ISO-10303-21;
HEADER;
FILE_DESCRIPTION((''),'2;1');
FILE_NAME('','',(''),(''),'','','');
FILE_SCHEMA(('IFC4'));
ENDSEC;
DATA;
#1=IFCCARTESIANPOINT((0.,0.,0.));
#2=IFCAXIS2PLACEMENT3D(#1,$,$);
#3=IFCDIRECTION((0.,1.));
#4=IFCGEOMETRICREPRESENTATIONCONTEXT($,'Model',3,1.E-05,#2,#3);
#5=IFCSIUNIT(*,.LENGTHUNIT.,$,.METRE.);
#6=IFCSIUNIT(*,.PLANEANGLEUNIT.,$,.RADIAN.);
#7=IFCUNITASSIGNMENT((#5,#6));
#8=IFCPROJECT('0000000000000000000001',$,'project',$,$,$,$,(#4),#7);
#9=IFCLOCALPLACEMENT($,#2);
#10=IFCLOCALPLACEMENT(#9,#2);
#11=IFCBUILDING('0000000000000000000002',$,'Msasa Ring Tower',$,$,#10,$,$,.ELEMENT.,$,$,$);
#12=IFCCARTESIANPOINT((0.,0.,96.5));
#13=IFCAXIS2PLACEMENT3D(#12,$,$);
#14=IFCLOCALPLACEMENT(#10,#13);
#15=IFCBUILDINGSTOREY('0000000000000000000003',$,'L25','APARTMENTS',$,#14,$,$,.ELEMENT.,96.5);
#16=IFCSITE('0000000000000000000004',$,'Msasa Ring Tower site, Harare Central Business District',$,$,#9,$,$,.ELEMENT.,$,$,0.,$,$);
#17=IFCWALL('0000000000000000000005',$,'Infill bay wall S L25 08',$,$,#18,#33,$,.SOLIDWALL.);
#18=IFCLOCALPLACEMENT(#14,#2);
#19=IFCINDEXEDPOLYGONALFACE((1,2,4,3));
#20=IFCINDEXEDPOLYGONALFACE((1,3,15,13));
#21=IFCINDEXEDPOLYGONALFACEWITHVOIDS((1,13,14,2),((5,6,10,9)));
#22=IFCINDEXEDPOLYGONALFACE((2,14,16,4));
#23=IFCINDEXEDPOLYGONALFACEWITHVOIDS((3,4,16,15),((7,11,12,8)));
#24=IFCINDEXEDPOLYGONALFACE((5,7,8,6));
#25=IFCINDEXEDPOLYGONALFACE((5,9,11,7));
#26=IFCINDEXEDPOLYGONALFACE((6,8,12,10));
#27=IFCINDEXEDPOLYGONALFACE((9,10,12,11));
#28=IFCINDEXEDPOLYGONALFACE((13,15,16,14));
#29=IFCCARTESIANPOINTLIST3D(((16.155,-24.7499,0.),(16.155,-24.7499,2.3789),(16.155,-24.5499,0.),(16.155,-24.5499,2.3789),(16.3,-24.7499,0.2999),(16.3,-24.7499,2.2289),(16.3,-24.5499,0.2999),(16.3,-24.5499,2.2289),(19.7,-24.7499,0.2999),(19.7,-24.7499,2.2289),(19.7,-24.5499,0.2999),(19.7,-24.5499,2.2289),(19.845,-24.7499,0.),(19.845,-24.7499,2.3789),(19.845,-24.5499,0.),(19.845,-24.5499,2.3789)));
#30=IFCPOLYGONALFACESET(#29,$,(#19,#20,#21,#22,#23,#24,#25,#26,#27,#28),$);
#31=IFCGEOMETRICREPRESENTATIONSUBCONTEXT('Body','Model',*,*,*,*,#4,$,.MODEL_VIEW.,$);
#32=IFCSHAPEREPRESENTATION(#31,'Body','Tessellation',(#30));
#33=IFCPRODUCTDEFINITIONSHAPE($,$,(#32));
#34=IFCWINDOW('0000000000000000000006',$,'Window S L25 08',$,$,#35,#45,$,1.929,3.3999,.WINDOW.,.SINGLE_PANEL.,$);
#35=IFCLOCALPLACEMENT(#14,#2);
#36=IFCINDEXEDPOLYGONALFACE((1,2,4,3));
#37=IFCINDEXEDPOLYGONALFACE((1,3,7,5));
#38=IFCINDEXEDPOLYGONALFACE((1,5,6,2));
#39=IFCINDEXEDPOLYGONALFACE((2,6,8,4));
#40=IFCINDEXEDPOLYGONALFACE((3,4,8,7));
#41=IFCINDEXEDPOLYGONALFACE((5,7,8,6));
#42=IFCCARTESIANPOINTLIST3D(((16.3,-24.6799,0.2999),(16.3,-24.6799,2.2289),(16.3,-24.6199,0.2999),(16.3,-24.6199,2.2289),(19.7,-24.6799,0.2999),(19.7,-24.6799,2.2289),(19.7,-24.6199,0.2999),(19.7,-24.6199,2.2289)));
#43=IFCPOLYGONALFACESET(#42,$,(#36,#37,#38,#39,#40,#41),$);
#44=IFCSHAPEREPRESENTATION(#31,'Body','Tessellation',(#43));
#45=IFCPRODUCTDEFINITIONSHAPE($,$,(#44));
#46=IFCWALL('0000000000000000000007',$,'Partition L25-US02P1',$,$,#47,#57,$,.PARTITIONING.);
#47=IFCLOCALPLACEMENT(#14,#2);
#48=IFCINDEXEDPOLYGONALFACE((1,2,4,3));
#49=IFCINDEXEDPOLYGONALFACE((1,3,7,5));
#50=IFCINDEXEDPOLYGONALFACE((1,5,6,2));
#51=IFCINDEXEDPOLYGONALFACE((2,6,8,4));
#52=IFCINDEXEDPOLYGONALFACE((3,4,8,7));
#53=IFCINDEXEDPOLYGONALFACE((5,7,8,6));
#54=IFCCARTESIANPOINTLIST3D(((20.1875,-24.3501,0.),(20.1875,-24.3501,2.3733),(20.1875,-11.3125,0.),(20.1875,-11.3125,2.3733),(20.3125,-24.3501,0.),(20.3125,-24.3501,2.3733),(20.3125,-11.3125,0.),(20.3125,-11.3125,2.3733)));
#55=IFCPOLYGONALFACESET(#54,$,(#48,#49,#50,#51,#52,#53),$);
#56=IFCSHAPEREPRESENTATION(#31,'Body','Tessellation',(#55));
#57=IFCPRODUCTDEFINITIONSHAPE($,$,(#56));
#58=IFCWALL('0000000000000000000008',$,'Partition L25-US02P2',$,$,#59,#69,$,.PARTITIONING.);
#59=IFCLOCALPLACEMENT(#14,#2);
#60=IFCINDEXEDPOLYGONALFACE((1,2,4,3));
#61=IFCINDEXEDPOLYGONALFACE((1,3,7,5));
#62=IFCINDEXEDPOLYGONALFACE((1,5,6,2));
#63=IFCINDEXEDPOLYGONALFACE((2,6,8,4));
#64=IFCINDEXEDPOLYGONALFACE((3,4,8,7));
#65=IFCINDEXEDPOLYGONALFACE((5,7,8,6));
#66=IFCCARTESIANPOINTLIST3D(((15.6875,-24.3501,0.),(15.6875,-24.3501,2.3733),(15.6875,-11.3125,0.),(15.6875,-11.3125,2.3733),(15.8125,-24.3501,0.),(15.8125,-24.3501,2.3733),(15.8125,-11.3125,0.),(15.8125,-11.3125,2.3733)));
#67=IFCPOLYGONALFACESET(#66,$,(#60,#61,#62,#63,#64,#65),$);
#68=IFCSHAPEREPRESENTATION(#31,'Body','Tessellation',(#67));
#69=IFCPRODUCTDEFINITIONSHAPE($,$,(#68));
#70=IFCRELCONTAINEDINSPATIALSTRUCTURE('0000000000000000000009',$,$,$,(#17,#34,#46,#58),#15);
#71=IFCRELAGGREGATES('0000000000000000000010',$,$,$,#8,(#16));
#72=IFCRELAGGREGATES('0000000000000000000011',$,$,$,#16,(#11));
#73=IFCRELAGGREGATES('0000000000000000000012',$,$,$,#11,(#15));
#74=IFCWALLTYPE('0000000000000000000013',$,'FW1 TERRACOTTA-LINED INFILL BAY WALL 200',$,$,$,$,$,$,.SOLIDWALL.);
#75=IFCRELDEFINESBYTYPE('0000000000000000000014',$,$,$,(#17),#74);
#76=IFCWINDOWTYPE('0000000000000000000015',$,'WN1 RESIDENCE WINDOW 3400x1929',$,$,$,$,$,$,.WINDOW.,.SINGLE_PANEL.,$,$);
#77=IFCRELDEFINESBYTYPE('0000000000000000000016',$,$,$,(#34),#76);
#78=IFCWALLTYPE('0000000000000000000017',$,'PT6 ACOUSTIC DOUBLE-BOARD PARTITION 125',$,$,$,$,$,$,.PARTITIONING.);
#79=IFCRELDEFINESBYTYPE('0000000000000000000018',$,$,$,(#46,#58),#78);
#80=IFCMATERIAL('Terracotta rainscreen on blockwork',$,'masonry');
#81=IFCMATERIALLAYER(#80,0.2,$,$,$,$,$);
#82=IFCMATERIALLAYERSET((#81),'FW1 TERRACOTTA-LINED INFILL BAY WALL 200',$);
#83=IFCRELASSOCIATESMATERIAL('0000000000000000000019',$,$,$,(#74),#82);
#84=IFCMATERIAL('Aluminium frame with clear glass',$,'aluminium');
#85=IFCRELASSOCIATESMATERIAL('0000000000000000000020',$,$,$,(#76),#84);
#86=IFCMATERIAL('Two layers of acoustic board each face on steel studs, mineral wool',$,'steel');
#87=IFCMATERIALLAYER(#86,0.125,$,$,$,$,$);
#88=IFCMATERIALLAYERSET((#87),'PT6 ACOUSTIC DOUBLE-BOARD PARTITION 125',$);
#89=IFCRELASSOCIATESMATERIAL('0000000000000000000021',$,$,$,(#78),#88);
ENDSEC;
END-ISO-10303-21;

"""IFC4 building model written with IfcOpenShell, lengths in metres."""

from ifc_helpers import new_model, si_unit, direction, frame, frame_2d, origin, place, context, subcontext, project, spatial, rectangle, extrude, material, layer, layer_set, type_object, element, fill, save


model = new_model("IFC4")

# Units and contexts
model_context = context("Model", 3, precision=1e-05, world=origin(), true_north=direction((0.0, 1.0)))
body_context = subcontext(model_context, "Body", "Model", "MODEL_VIEW")
ifc_project = project(units=[si_unit("LENGTHUNIT", "METRE"), si_unit("PLANEANGLEUNIT", "RADIAN")], contexts=[model_context])

# Site, building, storey
site_placement = place(None, origin())
site = spatial("IfcSite", under=ifc_project, at=site_placement, Name="Msasa Ring Tower site, Harare Central Business District", CompositionType="ELEMENT", RefElevation=0.0)
building_placement = place(site_placement, origin())
building = spatial("IfcBuilding", under=site, at=building_placement, Name="Msasa Ring Tower", CompositionType="ELEMENT")
storey_placement = place(building_placement, frame((0.0, 0.0, 96.5)))
storey = spatial("IfcBuildingStorey", under=building, at=storey_placement, Name="L25", Description="APARTMENTS", CompositionType="ELEMENT", Elevation=96.5)

# Wall, opening, window
ifc_material_1 = material(Name="Terracotta rainscreen on blockwork", Category="masonry")
ifc_layer_1 = layer(ifc_material_1, 0.2)
ifc_layer_set_1 = layer_set([ifc_layer_1], Name="FW1 TERRACOTTA-LINED INFILL BAY WALL 200")
wall_type_1 = type_object("IfcWallType", Name="FW1 TERRACOTTA-LINED INFILL BAY WALL 200", PredefinedType="SOLIDWALL", material=ifc_layer_set_1)
wall_placement = place(storey_placement, frame((16.155, -24.6499, 0.0), z_axis=(0.0, 0.0, 1.0), x_axis=(1.0, 0.0, 0.0)))
wall = element("IfcWall", 1, at=wall_placement, inside=storey, type_object=wall_type_1, Name="Infill bay wall S L25 08", PredefinedType="SOLIDWALL", context=body_context, shape_type="SweptSolid", body=[
    extrude(rectangle(XDim=3.6899, YDim=0.2, at=frame_2d((1.845, 0.0))), origin(), (0.0, 0.0, 1.0), 2.3789),
])
opening_placement = place(wall_placement, frame((0.145, 0.0, 0.3)))
opening = element("IfcOpeningElement", 2, at=opening_placement, cuts=wall, PredefinedType="OPENING", context=body_context, shape_type="SweptSolid", body=[
    extrude(rectangle(XDim=3.3999, YDim=1.929, at=frame_2d((1.7, 0.9644))), frame((0.0, 0.1099, 0.0), z_axis=(0.0, -1.0, 0.0), x_axis=(1.0, 0.0, 0.0)), (0.0, 0.0, 1.0), 0.22),
])
ifc_material_2 = material(Name="Aluminium frame with clear glass", Category="aluminium")
window_type = type_object("IfcWindowType", Name="WN1 RESIDENCE WINDOW 3400x1929", PartitioningType="SINGLE_PANEL", PredefinedType="WINDOW", material=ifc_material_2)
window_placement = place(opening_placement, origin())
window = element("IfcWindow", 3, at=window_placement, inside=storey, type_object=window_type, Name="Window S L25 08", OverallHeight=1.929, OverallWidth=3.3999, PartitioningType="SINGLE_PANEL", PredefinedType="WINDOW", context=body_context, shape_type="SweptSolid", body=[
    extrude(rectangle(XDim=3.3999, YDim=1.929, at=frame_2d((1.7, 0.9644))), frame((0.0, 0.03, 0.0), z_axis=(0.0, -1.0, 0.0), x_axis=(1.0, 0.0, 0.0)), (0.0, 0.0, 1.0), 0.0601),
])
fill(opening, window)

# Walls
ifc_material_3 = material(Name="Two layers of acoustic board each face on steel studs, mineral wool", Category="steel")
ifc_layer_2 = layer(ifc_material_3, 0.125)
ifc_layer_set_2 = layer_set([ifc_layer_2], Name="PT6 ACOUSTIC DOUBLE-BOARD PARTITION 125")
wall_type_2 = type_object("IfcWallType", Name="PT6 ACOUSTIC DOUBLE-BOARD PARTITION 125", PredefinedType="PARTITIONING", material=ifc_layer_set_2)
for number, where, z_axis, x_axis, name in (
    (4, (20.25, -24.3501, 0.0), (0.0, 0.0, 1.0), (0.0, 1.0, 0.0), "Partition L25-US02P1"),
    (5, (15.75, -24.3501, 0.0), (0.0, 0.0, 1.0), (0.0, 1.0, 0.0), "Partition L25-US02P2"),
):
    element("IfcWall", number, at=place(storey_placement, frame(where, z_axis=z_axis, x_axis=x_axis)), inside=storey, type_object=wall_type_2, Name=name, PredefinedType="PARTITIONING", context=body_context, shape_type="SweptSolid", body=[
        extrude(rectangle(XDim=13.0376, YDim=0.125, at=frame_2d((6.5188, 0.0))), origin(), (0.0, 0.0, 1.0), 2.3733),
    ])

save(model, "model.ifc")
